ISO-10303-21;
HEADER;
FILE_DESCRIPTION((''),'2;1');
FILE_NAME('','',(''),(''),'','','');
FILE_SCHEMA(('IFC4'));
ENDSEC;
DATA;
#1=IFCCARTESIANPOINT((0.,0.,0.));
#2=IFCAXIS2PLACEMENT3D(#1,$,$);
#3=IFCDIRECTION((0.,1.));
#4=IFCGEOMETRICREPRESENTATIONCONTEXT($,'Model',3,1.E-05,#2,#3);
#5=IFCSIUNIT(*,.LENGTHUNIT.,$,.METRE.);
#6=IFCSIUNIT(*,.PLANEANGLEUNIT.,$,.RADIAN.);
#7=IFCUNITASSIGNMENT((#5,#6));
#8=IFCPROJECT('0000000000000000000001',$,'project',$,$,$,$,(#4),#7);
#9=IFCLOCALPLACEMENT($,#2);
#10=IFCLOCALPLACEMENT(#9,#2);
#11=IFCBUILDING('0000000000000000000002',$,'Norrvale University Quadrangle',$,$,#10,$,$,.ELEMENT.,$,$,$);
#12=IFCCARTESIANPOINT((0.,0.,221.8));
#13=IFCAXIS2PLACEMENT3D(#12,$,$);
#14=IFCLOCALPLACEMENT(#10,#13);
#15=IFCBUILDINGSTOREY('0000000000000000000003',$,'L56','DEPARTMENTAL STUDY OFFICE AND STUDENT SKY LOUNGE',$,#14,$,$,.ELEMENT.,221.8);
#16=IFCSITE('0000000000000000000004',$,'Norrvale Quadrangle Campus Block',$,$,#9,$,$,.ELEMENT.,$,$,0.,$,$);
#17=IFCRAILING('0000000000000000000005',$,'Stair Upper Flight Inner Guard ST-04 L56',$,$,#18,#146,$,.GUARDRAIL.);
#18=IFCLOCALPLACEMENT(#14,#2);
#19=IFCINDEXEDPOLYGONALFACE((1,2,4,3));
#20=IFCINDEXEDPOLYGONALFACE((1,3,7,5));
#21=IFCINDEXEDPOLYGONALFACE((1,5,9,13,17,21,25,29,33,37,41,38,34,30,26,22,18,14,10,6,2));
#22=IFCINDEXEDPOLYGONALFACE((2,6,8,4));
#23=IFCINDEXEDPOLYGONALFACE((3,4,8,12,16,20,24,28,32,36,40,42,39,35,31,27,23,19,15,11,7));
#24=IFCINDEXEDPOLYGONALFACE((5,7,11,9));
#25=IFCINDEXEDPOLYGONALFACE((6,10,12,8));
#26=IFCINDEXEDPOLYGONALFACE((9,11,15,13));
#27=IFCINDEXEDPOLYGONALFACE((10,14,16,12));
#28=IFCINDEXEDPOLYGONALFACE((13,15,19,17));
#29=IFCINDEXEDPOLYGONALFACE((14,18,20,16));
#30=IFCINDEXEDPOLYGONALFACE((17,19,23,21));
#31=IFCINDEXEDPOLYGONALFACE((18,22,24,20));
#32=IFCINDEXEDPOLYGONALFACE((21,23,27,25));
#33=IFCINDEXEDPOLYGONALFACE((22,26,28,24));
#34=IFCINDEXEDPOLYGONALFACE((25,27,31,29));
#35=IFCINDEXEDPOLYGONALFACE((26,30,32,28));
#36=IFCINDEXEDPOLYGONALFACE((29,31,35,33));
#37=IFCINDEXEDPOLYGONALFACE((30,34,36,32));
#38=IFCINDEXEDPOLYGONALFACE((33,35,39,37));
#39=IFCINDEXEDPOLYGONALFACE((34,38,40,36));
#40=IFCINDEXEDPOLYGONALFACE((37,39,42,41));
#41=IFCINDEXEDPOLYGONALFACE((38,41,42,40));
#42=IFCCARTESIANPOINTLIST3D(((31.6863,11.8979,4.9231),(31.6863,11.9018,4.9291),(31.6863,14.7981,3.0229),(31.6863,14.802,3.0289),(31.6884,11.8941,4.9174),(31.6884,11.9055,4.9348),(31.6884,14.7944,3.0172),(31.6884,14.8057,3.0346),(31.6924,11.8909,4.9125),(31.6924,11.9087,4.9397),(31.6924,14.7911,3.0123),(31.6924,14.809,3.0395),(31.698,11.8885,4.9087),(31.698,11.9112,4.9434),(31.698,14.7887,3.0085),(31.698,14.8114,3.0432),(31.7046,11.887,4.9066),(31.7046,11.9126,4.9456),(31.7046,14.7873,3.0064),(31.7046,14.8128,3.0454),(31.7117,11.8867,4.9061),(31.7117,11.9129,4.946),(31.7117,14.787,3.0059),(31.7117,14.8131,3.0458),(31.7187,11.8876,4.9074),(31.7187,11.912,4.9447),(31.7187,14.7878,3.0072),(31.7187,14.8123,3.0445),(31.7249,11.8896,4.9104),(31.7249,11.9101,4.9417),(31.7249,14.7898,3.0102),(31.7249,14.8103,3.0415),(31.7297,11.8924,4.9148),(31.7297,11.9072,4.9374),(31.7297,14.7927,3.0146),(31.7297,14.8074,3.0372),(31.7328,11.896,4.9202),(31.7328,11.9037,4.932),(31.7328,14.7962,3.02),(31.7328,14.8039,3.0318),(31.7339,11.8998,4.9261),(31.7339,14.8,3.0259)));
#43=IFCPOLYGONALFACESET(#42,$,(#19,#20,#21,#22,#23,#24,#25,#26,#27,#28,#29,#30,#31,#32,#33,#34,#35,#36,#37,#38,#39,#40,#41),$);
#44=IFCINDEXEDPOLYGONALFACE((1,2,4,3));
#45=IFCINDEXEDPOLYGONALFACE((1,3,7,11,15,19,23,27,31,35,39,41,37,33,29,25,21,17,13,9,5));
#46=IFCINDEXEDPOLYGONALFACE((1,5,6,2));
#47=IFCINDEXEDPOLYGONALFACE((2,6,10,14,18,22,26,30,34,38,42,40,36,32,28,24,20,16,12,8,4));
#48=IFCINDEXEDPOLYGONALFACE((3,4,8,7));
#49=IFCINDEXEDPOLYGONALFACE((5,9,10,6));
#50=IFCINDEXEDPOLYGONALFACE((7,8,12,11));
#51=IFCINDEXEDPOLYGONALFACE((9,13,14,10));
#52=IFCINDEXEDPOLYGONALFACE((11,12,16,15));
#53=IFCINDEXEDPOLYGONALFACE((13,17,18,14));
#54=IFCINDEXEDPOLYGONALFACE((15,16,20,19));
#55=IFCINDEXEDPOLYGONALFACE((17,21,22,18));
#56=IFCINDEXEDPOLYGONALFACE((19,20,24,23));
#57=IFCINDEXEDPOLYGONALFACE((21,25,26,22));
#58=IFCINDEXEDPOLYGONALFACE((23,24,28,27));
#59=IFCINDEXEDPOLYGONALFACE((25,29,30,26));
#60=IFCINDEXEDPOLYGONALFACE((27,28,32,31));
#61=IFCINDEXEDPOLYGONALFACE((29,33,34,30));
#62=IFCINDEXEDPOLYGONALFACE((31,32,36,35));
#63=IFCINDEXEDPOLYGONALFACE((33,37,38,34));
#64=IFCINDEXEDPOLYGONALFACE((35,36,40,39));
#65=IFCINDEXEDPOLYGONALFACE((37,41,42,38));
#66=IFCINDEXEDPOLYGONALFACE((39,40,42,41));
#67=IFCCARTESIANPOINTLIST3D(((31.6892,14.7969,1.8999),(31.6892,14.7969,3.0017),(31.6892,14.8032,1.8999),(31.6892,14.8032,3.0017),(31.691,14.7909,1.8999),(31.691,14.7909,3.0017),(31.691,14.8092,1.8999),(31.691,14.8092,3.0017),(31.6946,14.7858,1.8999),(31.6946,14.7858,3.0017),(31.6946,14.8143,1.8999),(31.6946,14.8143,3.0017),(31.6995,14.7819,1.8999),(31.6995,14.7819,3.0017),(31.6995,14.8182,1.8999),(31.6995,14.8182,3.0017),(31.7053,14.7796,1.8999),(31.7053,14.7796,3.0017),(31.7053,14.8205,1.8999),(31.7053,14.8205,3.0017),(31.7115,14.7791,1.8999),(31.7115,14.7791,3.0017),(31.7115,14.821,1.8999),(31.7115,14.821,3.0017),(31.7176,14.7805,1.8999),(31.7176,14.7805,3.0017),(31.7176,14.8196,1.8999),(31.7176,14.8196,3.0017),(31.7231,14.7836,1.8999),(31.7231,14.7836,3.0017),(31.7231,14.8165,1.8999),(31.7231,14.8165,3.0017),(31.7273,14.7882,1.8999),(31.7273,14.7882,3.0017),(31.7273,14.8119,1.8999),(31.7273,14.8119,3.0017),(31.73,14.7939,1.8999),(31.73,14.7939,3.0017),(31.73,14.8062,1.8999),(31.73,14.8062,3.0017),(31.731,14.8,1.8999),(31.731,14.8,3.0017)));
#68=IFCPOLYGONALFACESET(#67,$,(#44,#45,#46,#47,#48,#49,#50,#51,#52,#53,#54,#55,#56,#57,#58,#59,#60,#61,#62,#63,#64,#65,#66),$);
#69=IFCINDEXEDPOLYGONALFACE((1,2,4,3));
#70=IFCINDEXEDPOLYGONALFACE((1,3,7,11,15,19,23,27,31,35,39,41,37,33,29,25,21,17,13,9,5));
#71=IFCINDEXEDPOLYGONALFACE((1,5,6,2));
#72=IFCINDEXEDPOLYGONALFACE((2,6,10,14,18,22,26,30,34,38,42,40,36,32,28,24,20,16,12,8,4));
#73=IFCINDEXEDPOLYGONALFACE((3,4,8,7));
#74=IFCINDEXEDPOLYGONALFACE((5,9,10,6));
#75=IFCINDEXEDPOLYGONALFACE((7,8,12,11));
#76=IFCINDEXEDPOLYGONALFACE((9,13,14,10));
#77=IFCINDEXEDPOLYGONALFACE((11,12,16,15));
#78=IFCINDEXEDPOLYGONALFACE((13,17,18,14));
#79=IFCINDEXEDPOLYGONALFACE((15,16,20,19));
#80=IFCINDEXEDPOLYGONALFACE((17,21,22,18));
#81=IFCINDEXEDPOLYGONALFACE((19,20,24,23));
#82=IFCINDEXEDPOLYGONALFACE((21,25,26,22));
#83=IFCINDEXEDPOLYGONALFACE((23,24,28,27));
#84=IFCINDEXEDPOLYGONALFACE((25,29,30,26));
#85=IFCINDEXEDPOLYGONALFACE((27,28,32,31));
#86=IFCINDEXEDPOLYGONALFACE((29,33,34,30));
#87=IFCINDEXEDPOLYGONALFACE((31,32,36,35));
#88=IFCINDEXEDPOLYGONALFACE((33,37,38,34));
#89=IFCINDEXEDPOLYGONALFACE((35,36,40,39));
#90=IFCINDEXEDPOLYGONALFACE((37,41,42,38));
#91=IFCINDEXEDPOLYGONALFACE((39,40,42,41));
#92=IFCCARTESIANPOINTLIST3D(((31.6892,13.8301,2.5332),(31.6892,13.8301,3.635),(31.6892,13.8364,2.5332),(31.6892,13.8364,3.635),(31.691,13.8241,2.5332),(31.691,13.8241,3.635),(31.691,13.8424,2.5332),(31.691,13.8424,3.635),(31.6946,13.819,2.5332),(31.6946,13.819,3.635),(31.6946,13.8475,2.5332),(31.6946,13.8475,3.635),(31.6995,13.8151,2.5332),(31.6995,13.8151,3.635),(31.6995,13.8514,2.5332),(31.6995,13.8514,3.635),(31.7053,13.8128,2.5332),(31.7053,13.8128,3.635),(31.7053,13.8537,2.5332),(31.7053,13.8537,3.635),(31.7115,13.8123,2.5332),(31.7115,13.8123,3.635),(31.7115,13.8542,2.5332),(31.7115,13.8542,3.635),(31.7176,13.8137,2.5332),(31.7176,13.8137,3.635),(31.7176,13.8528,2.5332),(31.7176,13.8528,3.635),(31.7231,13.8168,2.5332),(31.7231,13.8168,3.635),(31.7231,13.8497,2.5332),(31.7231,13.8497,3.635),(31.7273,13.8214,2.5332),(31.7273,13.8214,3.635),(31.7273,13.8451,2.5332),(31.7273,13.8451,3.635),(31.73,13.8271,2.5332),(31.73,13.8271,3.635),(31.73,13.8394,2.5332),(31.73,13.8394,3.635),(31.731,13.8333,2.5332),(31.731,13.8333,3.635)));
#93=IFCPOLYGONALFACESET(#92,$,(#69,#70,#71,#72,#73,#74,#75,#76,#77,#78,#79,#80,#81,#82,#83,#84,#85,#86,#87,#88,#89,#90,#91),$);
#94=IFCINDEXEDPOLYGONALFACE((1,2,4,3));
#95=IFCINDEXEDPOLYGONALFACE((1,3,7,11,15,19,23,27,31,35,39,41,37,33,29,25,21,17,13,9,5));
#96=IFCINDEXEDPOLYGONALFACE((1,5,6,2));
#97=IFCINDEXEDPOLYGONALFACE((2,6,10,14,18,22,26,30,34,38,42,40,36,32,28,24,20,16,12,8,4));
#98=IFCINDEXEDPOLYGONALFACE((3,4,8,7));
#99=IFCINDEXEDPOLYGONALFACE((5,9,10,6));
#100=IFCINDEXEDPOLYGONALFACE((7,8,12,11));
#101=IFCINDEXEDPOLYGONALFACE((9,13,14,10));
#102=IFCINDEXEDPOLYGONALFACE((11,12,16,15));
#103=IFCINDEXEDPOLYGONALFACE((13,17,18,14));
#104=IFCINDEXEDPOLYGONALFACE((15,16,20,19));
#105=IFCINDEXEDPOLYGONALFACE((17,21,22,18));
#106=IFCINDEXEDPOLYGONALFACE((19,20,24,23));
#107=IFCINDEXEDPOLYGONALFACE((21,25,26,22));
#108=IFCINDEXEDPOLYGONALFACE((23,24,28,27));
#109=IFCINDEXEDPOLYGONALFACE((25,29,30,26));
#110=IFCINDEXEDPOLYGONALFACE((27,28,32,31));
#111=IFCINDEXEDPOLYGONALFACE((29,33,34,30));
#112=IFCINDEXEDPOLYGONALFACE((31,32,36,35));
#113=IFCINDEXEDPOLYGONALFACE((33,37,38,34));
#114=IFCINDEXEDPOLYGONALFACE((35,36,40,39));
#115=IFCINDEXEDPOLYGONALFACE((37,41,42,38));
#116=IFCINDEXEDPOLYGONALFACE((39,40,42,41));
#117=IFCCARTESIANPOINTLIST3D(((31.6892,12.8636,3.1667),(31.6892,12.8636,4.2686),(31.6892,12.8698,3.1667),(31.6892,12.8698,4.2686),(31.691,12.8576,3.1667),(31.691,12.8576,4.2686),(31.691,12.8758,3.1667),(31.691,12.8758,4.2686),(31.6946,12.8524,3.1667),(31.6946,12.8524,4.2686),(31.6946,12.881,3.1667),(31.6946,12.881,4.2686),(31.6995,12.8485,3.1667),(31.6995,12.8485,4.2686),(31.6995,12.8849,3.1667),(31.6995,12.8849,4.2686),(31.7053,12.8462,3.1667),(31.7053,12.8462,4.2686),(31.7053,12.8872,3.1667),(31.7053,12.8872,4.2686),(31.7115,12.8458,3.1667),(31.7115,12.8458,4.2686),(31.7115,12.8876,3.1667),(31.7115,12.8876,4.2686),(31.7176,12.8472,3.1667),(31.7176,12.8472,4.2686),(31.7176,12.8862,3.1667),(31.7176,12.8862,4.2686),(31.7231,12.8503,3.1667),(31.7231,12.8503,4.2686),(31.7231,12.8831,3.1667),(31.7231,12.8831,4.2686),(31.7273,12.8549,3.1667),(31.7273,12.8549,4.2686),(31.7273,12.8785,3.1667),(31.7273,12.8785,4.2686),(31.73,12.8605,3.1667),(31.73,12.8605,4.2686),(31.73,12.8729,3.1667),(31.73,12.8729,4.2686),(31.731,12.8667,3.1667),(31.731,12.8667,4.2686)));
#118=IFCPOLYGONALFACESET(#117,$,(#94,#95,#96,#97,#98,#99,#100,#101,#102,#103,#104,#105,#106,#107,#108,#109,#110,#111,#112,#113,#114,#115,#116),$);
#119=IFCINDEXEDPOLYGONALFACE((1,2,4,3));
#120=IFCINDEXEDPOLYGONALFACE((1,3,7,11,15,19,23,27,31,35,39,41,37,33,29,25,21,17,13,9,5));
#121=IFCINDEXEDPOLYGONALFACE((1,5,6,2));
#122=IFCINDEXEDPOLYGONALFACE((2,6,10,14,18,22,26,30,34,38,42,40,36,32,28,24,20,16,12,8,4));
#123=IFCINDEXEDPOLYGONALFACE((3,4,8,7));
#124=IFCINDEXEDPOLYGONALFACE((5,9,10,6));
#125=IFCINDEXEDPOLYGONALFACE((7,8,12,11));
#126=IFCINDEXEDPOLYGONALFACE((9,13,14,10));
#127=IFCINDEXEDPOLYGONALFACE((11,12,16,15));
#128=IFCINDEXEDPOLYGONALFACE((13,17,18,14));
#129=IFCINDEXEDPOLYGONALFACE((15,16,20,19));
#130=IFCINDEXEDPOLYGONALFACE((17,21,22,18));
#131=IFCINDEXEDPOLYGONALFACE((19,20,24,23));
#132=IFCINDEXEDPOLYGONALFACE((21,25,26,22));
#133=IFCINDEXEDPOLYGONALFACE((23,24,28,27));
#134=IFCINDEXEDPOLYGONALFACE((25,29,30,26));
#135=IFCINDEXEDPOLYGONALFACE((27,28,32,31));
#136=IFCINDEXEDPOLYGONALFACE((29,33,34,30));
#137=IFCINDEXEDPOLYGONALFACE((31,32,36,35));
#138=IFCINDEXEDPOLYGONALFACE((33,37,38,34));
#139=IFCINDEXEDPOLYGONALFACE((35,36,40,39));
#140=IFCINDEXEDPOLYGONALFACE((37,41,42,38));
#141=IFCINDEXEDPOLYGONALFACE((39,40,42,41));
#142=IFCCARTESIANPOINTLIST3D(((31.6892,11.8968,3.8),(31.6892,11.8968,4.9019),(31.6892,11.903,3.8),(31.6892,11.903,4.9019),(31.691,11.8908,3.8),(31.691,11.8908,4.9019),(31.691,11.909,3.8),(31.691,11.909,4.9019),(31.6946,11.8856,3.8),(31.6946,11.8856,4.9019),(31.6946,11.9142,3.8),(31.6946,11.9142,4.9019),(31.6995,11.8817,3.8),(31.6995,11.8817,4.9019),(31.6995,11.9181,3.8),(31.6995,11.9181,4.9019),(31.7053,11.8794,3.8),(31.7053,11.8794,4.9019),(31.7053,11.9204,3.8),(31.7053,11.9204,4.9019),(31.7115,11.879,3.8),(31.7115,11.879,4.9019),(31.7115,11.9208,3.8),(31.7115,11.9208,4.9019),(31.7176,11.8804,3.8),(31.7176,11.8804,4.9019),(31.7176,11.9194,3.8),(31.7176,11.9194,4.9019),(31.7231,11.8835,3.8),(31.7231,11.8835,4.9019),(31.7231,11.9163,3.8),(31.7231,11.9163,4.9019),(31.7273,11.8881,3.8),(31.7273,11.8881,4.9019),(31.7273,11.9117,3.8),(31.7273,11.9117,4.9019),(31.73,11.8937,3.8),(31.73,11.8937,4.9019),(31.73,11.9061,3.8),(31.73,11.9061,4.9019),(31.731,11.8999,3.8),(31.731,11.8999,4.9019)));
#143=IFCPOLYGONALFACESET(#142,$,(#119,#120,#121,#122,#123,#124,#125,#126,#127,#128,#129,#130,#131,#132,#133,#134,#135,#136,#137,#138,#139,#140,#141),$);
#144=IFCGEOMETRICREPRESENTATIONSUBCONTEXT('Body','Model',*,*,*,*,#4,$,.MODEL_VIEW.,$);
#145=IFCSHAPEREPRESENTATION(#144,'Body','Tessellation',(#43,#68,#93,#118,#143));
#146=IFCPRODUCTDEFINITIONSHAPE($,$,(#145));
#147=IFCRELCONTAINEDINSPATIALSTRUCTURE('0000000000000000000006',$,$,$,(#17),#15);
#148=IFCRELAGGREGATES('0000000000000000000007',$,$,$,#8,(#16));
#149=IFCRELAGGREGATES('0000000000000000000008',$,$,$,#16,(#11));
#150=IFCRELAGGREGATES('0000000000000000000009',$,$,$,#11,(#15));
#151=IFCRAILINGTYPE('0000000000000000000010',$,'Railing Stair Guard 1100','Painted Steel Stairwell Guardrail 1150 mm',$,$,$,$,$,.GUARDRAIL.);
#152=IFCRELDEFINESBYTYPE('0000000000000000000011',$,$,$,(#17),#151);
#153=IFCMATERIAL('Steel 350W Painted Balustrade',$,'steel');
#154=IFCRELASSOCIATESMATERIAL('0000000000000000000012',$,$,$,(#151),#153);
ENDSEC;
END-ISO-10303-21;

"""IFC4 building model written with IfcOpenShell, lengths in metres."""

from ifc_helpers import new_model, si_unit, direction, frame, origin, origin_2d, place, context, subcontext, project, spatial, circle, extrude, material, type_object, element, save


model = new_model("IFC4")

# Units and contexts
model_context = context("Model", 3, precision=1e-05, world=origin(), true_north=direction((0.0, 1.0)))
body_context = subcontext(model_context, "Body", "Model", "MODEL_VIEW")
ifc_project = project(units=[si_unit("LENGTHUNIT", "METRE"), si_unit("PLANEANGLEUNIT", "RADIAN")], contexts=[model_context])

# Site, building, storey
site_placement = place(None, origin())
site = spatial("IfcSite", under=ifc_project, at=site_placement, Name="Norrvale Quadrangle Campus Block", CompositionType="ELEMENT", RefElevation=0.0)
building_placement = place(site_placement, origin())
building = spatial("IfcBuilding", under=site, at=building_placement, Name="Norrvale University Quadrangle", CompositionType="ELEMENT")
storey_placement = place(building_placement, frame((0.0, 0.0, 221.8)))
storey = spatial("IfcBuildingStorey", under=building, at=storey_placement, Name="L56", Description="DEPARTMENTAL STUDY OFFICE AND STUDENT SKY LOUNGE", CompositionType="ELEMENT", Elevation=221.8)

# Railing
ifc_material_1 = material(Name="Steel 350W Painted Balustrade", Category="steel")
railing_type_1 = type_object("IfcRailingType", Name="Railing Stair Guard 1100", Description="Painted Steel Stairwell Guardrail 1150 mm", PredefinedType="GUARDRAIL", material=ifc_material_1)
railing_1_placement = place(storey_placement, frame((31.71, 14.8, 1.8999)))
element("IfcRailing", 1, at=railing_1_placement, inside=storey, type_object=railing_type_1, Name="Stair Upper Flight Inner Guard ST-04 L56", PredefinedType="GUARDRAIL", context=body_context, shape_type="SweptSolid", body=[
    extrude(circle(Radius=0.0239, at=origin_2d()), frame((0.0, 0.0, 1.126), z_axis=(0.0, -0.836454, 0.548036), x_axis=(1.0, 0.0, 0.0)), (0.0, 0.0, 1.0), 3.4673),
    extrude(circle(Radius=0.021, at=origin_2d()), origin(), (0.0, 0.0, 1.0), 1.1018),
    extrude(circle(Radius=0.021, at=origin_2d()), frame((0.0, -0.9668, 0.6333)), (0.0, 0.0, 1.0), 1.1018),
    extrude(circle(Radius=0.021, at=origin_2d()), frame((0.0, -1.9333, 1.2668)), (0.0, 0.0, 1.0), 1.1018),
    extrude(circle(Radius=0.021, at=origin_2d()), frame((0.0, -2.9001, 1.9001)), (0.0, 0.0, 1.0), 1.1018),
])

save(model, "model.ifc")
